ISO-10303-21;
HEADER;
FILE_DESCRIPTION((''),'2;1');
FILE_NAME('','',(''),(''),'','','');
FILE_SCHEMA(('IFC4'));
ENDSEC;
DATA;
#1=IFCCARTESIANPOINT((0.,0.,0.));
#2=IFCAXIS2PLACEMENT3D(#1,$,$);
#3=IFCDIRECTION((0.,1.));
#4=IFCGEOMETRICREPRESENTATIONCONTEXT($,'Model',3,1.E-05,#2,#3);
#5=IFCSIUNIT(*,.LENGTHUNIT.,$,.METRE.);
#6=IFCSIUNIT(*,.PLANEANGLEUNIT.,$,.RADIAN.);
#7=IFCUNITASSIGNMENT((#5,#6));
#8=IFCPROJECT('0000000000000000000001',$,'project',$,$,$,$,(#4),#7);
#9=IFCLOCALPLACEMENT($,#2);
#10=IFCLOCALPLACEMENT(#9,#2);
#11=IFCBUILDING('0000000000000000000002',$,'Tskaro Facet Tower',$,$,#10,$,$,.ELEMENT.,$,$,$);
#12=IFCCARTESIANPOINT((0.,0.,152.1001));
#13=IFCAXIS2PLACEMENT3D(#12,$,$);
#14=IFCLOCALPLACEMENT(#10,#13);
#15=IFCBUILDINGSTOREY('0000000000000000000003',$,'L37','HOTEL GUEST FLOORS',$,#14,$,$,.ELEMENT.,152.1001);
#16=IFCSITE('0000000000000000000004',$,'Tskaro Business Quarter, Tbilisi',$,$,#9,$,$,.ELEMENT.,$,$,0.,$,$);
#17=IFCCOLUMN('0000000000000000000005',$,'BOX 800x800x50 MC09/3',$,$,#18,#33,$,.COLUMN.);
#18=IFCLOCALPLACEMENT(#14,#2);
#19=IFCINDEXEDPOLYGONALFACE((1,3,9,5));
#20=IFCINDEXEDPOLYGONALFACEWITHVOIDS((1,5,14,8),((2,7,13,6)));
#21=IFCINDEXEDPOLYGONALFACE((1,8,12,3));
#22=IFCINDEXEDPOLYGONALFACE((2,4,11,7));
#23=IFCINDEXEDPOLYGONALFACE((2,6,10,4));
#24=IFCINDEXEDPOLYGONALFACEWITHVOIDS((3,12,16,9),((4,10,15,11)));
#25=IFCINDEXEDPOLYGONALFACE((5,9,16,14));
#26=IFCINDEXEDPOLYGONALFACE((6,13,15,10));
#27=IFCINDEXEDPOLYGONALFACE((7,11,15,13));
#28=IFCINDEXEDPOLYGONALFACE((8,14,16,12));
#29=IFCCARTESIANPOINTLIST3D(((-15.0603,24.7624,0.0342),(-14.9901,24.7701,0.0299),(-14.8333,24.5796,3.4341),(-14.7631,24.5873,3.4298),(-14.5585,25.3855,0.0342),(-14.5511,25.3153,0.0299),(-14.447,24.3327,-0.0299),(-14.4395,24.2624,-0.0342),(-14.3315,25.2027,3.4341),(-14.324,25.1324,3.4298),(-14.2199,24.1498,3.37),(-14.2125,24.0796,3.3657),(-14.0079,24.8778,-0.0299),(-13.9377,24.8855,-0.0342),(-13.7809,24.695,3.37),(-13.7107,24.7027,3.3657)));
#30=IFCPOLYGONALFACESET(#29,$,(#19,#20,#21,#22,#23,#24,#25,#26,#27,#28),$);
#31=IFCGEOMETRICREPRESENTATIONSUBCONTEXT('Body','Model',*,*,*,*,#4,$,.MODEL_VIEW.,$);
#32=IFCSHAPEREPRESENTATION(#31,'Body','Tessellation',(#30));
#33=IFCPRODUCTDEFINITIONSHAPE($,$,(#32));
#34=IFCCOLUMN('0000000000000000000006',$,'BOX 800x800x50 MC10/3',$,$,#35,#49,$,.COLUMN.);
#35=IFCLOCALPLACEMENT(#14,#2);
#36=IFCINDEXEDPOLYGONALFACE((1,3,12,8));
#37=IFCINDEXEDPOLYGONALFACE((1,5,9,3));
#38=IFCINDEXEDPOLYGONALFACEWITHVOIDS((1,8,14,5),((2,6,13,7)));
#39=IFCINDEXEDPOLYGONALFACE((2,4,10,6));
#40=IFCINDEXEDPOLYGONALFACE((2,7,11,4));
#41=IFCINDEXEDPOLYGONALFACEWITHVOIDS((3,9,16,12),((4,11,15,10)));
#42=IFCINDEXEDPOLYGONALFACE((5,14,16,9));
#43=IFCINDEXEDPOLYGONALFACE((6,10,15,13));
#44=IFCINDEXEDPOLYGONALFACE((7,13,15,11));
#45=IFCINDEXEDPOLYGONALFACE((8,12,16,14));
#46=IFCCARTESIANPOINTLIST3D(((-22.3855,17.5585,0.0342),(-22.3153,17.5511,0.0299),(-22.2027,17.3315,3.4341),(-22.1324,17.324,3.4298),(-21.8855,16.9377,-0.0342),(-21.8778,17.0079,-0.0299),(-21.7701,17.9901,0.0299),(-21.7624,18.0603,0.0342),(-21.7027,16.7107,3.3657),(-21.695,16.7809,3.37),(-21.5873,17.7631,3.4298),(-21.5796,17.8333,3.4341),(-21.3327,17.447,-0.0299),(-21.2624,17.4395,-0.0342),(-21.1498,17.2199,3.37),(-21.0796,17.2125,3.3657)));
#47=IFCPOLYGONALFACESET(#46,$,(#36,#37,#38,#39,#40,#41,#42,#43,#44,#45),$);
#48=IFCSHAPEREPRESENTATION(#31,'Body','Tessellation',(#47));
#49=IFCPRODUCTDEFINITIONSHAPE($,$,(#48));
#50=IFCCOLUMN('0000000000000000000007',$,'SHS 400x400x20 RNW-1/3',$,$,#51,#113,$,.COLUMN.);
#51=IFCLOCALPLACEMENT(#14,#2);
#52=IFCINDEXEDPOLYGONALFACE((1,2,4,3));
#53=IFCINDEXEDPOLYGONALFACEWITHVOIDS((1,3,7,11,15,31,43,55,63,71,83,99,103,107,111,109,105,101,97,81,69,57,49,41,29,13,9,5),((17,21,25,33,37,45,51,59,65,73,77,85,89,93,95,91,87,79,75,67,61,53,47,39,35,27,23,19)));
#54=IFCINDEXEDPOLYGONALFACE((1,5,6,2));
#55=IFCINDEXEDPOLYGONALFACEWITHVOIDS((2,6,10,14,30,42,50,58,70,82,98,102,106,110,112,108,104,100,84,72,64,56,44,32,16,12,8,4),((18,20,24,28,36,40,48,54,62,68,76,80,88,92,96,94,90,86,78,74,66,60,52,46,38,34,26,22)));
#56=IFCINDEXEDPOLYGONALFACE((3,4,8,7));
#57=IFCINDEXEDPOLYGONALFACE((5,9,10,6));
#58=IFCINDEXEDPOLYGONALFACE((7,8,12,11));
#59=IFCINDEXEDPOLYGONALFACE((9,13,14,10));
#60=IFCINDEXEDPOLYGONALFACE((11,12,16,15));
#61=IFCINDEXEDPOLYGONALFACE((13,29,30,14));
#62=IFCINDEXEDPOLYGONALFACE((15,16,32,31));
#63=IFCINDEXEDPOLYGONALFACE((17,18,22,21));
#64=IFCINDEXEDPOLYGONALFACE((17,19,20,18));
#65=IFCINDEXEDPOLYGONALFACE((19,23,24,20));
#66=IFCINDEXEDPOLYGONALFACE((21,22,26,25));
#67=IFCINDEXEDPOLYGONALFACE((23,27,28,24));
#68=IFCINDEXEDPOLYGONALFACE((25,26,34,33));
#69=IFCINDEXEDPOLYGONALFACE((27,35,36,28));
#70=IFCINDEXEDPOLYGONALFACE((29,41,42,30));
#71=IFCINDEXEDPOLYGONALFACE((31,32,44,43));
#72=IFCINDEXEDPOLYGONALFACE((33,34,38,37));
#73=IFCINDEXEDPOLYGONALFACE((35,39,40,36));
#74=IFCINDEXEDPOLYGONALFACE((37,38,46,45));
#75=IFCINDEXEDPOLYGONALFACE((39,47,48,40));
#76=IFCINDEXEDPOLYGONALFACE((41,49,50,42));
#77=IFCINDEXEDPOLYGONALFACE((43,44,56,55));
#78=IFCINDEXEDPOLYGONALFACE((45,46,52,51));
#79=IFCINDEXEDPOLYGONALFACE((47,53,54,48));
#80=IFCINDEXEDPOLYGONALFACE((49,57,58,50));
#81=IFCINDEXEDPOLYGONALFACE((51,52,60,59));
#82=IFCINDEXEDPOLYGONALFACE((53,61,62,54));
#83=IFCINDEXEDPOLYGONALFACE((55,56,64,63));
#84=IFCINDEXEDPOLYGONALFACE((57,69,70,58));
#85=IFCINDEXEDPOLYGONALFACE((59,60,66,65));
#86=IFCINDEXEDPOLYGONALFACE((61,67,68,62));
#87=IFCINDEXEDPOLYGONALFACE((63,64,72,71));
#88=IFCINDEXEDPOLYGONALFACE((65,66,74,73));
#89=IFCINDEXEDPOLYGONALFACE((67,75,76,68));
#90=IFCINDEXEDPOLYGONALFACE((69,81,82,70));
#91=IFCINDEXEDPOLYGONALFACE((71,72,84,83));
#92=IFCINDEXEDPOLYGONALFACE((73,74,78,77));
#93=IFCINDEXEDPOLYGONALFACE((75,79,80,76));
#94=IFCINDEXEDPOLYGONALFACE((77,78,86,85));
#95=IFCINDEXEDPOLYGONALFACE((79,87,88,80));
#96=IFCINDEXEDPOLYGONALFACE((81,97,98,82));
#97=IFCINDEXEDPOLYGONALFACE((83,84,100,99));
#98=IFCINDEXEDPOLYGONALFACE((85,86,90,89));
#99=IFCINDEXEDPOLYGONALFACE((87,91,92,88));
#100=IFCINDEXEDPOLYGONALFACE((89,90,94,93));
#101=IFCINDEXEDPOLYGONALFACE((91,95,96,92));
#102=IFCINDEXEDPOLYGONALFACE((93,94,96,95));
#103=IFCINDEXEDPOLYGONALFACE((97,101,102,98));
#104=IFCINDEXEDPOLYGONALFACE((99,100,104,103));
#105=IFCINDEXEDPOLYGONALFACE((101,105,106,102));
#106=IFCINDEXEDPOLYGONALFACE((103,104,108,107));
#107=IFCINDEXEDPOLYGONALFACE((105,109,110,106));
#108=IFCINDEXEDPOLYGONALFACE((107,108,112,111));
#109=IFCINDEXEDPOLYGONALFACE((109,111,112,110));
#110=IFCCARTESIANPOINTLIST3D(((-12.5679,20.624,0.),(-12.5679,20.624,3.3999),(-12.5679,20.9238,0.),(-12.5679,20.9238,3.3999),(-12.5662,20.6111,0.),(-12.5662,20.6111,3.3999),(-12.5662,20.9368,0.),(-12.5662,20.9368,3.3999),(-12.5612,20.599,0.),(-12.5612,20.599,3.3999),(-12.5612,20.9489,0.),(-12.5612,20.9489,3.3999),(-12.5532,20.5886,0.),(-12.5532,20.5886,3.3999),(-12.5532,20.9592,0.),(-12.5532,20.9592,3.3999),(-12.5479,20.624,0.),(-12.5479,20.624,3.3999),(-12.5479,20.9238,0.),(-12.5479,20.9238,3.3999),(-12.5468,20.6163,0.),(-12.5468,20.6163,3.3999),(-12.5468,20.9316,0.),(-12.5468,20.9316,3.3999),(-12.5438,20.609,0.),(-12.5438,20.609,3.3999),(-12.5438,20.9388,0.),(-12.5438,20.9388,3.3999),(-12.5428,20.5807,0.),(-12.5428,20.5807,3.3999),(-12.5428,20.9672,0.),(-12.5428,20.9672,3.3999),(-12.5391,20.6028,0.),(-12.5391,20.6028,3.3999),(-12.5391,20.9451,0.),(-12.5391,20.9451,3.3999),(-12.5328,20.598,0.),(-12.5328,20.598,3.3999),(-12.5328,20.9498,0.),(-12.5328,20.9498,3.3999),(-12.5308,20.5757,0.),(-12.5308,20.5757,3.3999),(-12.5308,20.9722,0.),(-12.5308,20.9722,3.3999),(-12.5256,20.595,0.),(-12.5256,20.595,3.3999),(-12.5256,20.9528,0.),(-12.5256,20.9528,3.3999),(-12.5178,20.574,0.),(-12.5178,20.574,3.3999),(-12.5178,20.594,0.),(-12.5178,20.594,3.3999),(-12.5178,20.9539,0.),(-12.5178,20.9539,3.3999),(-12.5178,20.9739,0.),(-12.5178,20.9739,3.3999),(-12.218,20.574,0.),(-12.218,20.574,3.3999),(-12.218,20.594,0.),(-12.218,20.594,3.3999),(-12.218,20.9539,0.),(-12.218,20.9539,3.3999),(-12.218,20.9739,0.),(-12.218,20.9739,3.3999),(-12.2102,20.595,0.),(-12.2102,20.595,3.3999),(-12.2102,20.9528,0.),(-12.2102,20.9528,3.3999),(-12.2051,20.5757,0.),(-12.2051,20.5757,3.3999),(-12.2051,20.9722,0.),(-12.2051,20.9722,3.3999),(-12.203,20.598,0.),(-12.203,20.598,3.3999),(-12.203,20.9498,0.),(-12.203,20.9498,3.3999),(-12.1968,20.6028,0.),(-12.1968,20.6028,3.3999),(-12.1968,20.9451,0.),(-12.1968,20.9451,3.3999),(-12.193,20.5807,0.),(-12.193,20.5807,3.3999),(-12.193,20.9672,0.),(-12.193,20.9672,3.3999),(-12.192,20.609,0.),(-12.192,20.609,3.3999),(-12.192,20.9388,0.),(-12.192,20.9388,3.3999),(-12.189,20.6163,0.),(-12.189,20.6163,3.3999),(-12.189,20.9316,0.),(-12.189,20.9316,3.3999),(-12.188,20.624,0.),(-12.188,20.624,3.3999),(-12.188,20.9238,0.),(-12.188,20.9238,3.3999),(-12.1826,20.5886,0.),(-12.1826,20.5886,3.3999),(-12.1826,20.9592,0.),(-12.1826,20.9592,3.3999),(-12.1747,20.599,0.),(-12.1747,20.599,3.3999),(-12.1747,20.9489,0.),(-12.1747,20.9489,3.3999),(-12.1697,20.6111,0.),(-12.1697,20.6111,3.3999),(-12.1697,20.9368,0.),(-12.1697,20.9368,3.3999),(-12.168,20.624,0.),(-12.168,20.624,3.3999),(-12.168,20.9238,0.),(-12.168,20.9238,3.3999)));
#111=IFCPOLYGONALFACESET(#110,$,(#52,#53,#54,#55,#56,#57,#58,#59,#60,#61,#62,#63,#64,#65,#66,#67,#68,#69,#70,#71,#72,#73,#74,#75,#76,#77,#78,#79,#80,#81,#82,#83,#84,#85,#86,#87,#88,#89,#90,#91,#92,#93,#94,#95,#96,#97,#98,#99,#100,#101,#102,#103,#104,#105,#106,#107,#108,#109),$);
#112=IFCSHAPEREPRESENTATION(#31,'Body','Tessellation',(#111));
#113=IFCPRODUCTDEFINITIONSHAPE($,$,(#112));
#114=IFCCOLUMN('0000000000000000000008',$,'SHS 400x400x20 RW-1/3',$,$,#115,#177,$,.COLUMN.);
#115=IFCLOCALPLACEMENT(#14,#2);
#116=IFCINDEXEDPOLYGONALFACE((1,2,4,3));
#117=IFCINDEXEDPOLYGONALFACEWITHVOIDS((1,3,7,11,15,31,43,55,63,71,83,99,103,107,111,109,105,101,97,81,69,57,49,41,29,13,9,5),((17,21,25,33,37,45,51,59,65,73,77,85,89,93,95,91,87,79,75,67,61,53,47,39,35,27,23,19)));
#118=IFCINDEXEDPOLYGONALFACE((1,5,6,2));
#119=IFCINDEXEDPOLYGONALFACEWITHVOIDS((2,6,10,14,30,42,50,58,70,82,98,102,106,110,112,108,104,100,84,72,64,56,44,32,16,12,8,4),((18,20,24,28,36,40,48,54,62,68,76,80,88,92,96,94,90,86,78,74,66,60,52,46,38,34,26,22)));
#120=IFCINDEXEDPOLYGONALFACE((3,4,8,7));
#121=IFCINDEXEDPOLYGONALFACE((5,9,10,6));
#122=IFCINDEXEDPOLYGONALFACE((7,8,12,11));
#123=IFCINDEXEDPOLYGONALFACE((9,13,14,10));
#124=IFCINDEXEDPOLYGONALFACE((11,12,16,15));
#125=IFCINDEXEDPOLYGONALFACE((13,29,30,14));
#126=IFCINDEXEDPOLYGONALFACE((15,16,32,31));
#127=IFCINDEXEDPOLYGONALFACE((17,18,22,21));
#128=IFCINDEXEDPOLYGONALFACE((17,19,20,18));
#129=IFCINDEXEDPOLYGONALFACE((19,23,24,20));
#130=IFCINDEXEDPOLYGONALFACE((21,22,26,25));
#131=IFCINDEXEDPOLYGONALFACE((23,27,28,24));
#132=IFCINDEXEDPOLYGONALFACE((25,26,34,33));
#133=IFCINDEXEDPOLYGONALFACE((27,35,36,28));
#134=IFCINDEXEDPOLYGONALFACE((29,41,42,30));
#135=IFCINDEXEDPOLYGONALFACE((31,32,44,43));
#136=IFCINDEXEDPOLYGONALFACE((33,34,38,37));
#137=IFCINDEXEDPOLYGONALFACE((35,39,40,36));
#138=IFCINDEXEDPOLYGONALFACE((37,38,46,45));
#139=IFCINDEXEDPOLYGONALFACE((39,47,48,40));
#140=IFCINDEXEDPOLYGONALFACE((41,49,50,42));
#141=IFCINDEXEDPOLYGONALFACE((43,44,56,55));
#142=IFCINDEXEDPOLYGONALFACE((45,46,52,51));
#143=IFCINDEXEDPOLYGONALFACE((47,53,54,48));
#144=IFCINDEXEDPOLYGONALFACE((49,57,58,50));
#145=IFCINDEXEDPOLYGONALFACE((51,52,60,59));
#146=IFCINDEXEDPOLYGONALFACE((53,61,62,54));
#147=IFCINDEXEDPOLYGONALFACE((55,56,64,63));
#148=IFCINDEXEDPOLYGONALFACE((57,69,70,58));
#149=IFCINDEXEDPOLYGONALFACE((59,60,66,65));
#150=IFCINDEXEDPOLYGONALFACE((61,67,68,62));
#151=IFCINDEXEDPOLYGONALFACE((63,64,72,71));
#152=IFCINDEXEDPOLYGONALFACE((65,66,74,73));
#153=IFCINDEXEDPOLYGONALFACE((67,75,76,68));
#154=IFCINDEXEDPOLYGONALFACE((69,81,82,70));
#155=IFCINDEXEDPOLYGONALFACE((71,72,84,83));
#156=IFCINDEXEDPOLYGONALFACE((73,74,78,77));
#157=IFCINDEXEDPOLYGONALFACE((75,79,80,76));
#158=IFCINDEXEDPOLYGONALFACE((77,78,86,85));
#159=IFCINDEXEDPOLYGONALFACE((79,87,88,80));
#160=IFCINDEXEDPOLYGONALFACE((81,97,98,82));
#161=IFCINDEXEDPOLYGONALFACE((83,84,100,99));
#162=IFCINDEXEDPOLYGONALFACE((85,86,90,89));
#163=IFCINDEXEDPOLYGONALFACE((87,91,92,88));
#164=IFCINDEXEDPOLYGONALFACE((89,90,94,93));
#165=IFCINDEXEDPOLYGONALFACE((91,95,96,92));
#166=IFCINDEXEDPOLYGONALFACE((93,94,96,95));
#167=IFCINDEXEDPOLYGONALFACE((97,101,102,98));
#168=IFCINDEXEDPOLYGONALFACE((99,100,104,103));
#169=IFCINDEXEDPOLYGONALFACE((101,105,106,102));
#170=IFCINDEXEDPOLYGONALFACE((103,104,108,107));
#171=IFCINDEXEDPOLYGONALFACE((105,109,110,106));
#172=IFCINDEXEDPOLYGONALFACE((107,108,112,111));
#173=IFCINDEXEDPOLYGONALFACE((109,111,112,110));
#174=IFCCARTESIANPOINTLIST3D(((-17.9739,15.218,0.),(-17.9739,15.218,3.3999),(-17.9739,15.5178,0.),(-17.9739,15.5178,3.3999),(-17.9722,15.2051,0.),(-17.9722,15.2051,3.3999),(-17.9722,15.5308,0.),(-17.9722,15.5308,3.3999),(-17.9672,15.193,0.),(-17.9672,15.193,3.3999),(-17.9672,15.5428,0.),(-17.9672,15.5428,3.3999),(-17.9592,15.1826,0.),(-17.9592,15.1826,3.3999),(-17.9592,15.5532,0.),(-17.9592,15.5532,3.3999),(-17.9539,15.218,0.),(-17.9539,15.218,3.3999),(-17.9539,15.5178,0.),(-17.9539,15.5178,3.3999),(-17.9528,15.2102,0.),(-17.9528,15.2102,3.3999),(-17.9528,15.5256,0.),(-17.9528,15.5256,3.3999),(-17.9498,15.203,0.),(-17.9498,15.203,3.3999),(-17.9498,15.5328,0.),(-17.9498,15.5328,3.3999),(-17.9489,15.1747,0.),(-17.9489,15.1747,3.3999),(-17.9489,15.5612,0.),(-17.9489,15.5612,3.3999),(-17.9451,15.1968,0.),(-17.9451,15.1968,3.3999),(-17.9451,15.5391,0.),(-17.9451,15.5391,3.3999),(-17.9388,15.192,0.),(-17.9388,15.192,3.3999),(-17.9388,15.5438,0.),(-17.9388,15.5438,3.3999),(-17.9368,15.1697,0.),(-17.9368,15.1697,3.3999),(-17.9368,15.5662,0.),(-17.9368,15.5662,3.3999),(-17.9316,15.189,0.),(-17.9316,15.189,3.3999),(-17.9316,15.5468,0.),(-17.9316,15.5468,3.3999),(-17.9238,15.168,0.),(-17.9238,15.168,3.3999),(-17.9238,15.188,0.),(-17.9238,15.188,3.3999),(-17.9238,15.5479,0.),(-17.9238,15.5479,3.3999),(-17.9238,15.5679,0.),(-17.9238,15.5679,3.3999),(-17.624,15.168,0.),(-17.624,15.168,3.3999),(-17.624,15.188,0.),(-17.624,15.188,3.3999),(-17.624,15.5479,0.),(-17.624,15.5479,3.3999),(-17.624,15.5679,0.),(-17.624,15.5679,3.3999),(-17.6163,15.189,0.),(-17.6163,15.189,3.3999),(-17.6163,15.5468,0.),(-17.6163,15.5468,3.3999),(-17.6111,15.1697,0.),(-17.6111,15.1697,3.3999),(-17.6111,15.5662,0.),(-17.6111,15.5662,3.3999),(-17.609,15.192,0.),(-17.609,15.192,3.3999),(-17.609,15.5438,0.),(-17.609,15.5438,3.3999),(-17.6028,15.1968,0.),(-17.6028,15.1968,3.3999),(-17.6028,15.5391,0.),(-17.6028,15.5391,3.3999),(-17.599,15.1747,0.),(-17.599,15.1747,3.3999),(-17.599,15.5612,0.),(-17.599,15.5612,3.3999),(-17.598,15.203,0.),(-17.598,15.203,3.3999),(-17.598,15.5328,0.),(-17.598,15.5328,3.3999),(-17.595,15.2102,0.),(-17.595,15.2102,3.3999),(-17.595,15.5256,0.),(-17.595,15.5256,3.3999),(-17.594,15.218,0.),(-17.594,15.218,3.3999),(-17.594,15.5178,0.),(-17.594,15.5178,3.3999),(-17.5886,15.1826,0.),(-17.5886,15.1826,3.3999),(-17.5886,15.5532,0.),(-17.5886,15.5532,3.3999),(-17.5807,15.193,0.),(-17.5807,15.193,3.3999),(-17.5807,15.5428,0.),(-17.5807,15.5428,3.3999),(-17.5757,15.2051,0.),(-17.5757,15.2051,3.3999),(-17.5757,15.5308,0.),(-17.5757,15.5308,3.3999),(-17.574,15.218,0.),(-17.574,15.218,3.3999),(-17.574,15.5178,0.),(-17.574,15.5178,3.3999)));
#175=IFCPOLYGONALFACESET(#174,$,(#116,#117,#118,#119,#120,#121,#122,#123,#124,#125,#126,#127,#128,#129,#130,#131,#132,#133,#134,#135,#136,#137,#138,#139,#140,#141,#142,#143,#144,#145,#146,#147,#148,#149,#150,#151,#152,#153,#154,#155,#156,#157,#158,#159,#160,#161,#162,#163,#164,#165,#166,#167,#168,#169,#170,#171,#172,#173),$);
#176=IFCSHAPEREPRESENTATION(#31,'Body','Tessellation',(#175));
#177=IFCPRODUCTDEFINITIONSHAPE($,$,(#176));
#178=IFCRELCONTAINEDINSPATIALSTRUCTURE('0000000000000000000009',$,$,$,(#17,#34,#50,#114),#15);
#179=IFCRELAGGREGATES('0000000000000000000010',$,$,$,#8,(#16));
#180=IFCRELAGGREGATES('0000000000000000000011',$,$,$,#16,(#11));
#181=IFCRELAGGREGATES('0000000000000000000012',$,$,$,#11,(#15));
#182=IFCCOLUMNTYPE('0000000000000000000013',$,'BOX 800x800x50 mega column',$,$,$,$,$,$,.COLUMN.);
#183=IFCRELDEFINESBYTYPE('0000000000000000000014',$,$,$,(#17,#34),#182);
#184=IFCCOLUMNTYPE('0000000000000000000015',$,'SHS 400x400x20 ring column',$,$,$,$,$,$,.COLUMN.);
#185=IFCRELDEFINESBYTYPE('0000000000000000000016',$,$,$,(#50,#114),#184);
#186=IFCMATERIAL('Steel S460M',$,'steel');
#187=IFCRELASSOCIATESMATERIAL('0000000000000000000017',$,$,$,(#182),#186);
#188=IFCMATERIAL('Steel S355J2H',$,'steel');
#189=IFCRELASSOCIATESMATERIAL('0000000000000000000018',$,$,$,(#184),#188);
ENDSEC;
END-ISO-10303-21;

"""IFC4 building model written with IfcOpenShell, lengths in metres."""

from ifc_helpers import new_model, si_unit, direction, frame, origin, origin_2d, place, context, subcontext, project, spatial, hollow_rectangle, extrude, material, material_profile, profile_set, type_object, element, save


model = new_model("IFC4")

# Units and contexts
model_context = context("Model", 3, precision=1e-05, world=origin(), true_north=direction((0.0, 1.0)))
body_context = subcontext(model_context, "Body", "Model", "MODEL_VIEW")
ifc_project = project(units=[si_unit("LENGTHUNIT", "METRE"), si_unit("PLANEANGLEUNIT", "RADIAN")], contexts=[model_context])

# Site, building, storey
site_placement = place(None, origin())
site = spatial("IfcSite", under=ifc_project, at=site_placement, Name="Tskaro Business Quarter, Tbilisi", CompositionType="ELEMENT", RefElevation=0.0)
building_placement = place(site_placement, origin())
building = spatial("IfcBuilding", under=site, at=building_placement, Name="Tskaro Facet Tower", CompositionType="ELEMENT")
storey_placement = place(building_placement, frame((0.0, 0.0, 152.1001)))
storey = spatial("IfcBuildingStorey", under=building, at=storey_placement, Name="L37", Description="HOTEL GUEST FLOORS", CompositionType="ELEMENT", Elevation=152.1001)

# Columns
ifc_material_1 = material(Name="Steel S460M", Category="steel")
ifc_material_profile_1 = material_profile(ifc_material_1, hollow_rectangle(XDim=0.8, YDim=0.8, WallThickness=0.05, at=origin_2d()), Name="BOX 800x800x50")
ifc_profile_set_1 = profile_set([ifc_material_profile_1], Name="Steel S460M")
column_type_1 = type_object("IfcColumnType", Name="BOX 800x800x50 mega column", PredefinedType="COLUMN", material=ifc_profile_set_1)
for number, where, z_axis, x_axis, name in (
    (1, (-14.499, 24.824, 0.0), (0.066537, -0.053588, 0.996344), (0.627245, 0.778822, 0.0), "BOX 800x800x50 MC09/3"),
    (2, (-21.824, 17.499, 0.0), (0.053588, -0.066537, 0.996344), (0.778822, 0.627245, 0.0), "BOX 800x800x50 MC10/3"),
):
    element("IfcColumn", number, at=place(storey_placement, frame(where, z_axis=z_axis, x_axis=x_axis)), inside=storey, type_object=column_type_1, Name=name, PredefinedType="COLUMN", context=body_context, shape_type="SweptSolid", body=[
        extrude(hollow_rectangle(XDim=0.8, YDim=0.8, WallThickness=0.05, at=origin_2d()), origin(), (0.0, 0.0, 1.0), 3.4124),
    ])
ifc_material_2 = material(Name="Steel S355J2H", Category="steel")
ifc_material_profile_2 = material_profile(ifc_material_2, hollow_rectangle(XDim=0.3999, YDim=0.3999, WallThickness=0.02, InnerFilletRadius=0.03, OuterFilletRadius=0.05, at=origin_2d()), Name="SHS 400x400x20")
ifc_profile_set_2 = profile_set([ifc_material_profile_2], Name="Steel S355J2H")
column_type_2 = type_object("IfcColumnType", Name="SHS 400x400x20 ring column", PredefinedType="COLUMN", material=ifc_profile_set_2)
for number, where, z_axis, x_axis, name in (
    (3, (-12.3679, 20.7739, 0.0), (0.0, 0.0, 1.0), (1.0, 0.0, 0.0), "SHS 400x400x20 RNW-1/3"),
    (4, (-17.7739, 15.3679, 0.0), (0.0, 0.0, 1.0), (1.0, 0.0, 0.0), "SHS 400x400x20 RW-1/3"),
):
    element("IfcColumn", number, at=place(storey_placement, frame(where, z_axis=z_axis, x_axis=x_axis)), inside=storey, type_object=column_type_2, Name=name, PredefinedType="COLUMN", context=body_context, shape_type="SweptSolid", body=[
        extrude(hollow_rectangle(XDim=0.3999, YDim=0.3999, WallThickness=0.02, InnerFilletRadius=0.03, OuterFilletRadius=0.05, at=origin_2d()), origin(), (0.0, 0.0, 1.0), 3.3999),
    ])

save(model, "model.ifc")
